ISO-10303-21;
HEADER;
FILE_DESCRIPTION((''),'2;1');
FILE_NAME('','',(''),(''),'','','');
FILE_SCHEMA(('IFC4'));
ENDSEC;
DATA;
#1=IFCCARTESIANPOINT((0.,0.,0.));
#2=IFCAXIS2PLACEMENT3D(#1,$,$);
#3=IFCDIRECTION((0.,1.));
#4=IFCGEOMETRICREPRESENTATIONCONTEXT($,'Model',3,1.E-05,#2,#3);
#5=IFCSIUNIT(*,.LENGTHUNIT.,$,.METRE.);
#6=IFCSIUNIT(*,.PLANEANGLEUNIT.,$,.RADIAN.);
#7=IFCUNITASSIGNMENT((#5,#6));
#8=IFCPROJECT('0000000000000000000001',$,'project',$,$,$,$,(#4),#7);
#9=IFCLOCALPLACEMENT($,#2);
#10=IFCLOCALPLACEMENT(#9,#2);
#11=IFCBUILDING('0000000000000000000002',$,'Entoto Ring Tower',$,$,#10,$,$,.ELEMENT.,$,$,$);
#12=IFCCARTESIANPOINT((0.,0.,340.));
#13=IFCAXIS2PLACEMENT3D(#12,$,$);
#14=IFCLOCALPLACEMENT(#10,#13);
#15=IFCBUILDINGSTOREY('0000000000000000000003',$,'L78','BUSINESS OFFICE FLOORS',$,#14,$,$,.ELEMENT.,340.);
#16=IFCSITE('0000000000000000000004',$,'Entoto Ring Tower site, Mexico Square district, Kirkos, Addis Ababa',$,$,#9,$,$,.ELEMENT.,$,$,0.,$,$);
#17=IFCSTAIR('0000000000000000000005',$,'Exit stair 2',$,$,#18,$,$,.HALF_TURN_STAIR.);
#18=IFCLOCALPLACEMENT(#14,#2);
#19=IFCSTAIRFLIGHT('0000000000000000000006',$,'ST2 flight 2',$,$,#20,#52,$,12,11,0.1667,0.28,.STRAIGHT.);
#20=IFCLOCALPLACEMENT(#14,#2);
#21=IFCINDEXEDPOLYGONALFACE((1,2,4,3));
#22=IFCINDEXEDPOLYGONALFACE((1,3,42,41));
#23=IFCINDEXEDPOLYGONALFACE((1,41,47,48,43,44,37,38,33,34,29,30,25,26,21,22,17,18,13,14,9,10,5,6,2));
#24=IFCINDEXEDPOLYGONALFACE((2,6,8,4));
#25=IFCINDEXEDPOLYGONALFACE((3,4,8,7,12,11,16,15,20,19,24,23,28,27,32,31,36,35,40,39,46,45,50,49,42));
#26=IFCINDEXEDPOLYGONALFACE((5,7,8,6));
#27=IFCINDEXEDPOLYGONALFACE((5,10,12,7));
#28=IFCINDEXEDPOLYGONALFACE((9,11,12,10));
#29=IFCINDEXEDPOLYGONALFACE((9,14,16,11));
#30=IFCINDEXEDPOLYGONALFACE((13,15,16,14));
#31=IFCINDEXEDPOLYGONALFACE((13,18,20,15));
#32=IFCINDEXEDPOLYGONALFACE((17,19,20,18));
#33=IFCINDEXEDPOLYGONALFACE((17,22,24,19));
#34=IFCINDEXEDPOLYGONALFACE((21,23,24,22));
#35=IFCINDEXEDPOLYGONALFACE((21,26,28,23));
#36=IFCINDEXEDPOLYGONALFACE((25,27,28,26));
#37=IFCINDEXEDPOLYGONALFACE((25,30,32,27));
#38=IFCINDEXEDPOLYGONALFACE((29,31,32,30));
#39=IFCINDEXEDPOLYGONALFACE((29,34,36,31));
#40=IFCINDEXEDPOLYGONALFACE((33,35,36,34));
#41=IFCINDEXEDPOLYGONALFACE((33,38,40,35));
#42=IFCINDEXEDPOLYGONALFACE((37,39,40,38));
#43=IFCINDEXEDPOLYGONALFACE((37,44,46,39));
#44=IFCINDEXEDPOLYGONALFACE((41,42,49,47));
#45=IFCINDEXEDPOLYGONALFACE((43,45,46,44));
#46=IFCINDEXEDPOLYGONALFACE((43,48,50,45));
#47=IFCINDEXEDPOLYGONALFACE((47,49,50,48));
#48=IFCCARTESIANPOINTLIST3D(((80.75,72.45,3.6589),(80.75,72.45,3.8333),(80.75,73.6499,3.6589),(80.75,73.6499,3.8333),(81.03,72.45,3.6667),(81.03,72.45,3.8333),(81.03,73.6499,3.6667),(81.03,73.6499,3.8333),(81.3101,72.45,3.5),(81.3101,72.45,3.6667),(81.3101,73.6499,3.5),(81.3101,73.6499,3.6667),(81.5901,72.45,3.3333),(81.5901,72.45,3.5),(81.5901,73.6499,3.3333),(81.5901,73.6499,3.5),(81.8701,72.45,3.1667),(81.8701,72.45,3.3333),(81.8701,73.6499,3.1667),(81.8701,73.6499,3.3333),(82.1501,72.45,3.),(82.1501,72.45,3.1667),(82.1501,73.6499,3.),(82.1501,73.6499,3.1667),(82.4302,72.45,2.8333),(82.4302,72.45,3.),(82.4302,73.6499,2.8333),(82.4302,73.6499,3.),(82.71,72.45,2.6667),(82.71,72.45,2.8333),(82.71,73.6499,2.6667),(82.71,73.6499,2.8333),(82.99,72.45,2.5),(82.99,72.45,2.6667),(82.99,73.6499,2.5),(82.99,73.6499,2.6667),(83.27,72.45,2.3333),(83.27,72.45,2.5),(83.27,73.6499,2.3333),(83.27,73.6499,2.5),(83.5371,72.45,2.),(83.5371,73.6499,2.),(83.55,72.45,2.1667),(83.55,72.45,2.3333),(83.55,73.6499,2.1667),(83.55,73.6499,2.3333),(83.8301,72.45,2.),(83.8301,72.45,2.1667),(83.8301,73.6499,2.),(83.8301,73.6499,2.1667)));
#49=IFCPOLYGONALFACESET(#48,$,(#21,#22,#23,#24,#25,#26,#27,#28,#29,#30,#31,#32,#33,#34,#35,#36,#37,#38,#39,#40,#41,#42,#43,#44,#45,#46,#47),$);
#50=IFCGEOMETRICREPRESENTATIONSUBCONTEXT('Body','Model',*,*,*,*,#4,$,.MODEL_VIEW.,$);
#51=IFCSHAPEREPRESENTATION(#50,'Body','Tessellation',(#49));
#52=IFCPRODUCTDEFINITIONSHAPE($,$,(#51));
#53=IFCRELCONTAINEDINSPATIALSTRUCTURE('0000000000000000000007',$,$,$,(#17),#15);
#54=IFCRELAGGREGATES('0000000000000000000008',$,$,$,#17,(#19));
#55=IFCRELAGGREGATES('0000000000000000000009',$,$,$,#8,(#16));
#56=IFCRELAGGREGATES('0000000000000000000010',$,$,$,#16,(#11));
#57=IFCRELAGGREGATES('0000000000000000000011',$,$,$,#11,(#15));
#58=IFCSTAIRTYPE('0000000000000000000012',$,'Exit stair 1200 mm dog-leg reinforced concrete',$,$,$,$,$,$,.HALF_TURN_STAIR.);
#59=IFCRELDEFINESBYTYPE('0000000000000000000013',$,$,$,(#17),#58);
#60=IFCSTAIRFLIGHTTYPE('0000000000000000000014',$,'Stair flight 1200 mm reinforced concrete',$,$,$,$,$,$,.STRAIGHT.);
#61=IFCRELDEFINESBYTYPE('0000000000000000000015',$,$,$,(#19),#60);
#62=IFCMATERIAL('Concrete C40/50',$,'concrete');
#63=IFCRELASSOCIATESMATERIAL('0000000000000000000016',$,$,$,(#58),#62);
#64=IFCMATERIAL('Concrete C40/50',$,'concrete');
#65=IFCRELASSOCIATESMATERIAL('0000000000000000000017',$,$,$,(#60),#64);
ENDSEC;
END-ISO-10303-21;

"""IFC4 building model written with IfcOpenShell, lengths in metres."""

from ifc_helpers import new_model, si_unit, direction, frame, origin, place, context, subcontext, project, spatial, polyline, outline, extrude, material, type_object, element, aggregate, save


model = new_model("IFC4")

# Units and contexts
model_context = context("Model", 3, precision=1e-05, world=origin(), true_north=direction((0.0, 1.0)))
body_context = subcontext(model_context, "Body", "Model", "MODEL_VIEW")
ifc_project = project(units=[si_unit("LENGTHUNIT", "METRE"), si_unit("PLANEANGLEUNIT", "RADIAN")], contexts=[model_context])

# Site, building, storey
site_placement = place(None, origin())
site = spatial("IfcSite", under=ifc_project, at=site_placement, Name="Entoto Ring Tower site, Mexico Square district, Kirkos, Addis Ababa", CompositionType="ELEMENT", RefElevation=0.0)
building_placement = place(site_placement, origin())
building = spatial("IfcBuilding", under=site, at=building_placement, Name="Entoto Ring Tower", CompositionType="ELEMENT")
storey_placement = place(building_placement, frame((0.0, 0.0, 340.0)))
storey = spatial("IfcBuildingStorey", under=building, at=storey_placement, Name="L78", Description="BUSINESS OFFICE FLOORS", CompositionType="ELEMENT", Elevation=340.0)

# Stair, stair flight
ifc_material_1 = material(Name="Concrete C40/50", Category="concrete")
stair_type = type_object("IfcStairType", Name="Exit stair 1200 mm dog-leg reinforced concrete", PredefinedType="HALF_TURN_STAIR", material=ifc_material_1)
stair_placement = place(storey_placement, origin())
stair = element("IfcStair", 1, at=stair_placement, inside=storey, type_object=stair_type, Name="Exit stair 2", PredefinedType="HALF_TURN_STAIR")
ifc_material_2 = material(Name="Concrete C40/50", Category="concrete")
stair_flight_type = type_object("IfcStairFlightType", Name="Stair flight 1200 mm reinforced concrete", PredefinedType="STRAIGHT", material=ifc_material_2)
stair_flight_1_placement = place(storey_placement, frame((83.8301, 73.05, 2.0), z_axis=(0.0, 0.0, 1.0), x_axis=(-1.0, 0.0, 0.0)))
stair_flight_1 = element("IfcStairFlight", 2, at=stair_flight_1_placement, type_object=stair_flight_type, Name="ST2 flight 2", NumberOfRisers=12, NumberOfTreads=11, PredefinedType="STRAIGHT", RiserHeight=0.1667, TreadLength=0.28, context=body_context, shape_type="SweptSolid", body=[
    extrude(outline(polyline([(0.0, 0.0), (0.0, 0.1667), (0.28, 0.1667), (0.28, 0.3333), (0.5601, 0.3333), (0.5601, 0.5), (0.8401, 0.5), (0.8401, 0.6667), (1.1201, 0.6667), (1.1201, 0.8333), (1.3999, 0.8333), (1.3999, 1.0), (1.6799, 1.0), (1.6799, 1.1667), (1.96, 1.1667), (1.96, 1.3333), (2.24, 1.3333), (2.24, 1.5), (2.52, 1.5), (2.52, 1.6667), (2.8, 1.6667), (2.8, 1.8333), (3.0801, 1.8333), (3.0801, 2.0), (3.0801, 1.6589), (0.293, 0.0), (0.0, 0.0)])), frame((0.0, 0.6001, 0.0), z_axis=(0.0, -1.0, 0.0), x_axis=(1.0, 0.0, 0.0)), (0.0, 0.0, 1.0), 1.2),
])
aggregate(stair, [stair_flight_1])

save(model, "model.ifc")
